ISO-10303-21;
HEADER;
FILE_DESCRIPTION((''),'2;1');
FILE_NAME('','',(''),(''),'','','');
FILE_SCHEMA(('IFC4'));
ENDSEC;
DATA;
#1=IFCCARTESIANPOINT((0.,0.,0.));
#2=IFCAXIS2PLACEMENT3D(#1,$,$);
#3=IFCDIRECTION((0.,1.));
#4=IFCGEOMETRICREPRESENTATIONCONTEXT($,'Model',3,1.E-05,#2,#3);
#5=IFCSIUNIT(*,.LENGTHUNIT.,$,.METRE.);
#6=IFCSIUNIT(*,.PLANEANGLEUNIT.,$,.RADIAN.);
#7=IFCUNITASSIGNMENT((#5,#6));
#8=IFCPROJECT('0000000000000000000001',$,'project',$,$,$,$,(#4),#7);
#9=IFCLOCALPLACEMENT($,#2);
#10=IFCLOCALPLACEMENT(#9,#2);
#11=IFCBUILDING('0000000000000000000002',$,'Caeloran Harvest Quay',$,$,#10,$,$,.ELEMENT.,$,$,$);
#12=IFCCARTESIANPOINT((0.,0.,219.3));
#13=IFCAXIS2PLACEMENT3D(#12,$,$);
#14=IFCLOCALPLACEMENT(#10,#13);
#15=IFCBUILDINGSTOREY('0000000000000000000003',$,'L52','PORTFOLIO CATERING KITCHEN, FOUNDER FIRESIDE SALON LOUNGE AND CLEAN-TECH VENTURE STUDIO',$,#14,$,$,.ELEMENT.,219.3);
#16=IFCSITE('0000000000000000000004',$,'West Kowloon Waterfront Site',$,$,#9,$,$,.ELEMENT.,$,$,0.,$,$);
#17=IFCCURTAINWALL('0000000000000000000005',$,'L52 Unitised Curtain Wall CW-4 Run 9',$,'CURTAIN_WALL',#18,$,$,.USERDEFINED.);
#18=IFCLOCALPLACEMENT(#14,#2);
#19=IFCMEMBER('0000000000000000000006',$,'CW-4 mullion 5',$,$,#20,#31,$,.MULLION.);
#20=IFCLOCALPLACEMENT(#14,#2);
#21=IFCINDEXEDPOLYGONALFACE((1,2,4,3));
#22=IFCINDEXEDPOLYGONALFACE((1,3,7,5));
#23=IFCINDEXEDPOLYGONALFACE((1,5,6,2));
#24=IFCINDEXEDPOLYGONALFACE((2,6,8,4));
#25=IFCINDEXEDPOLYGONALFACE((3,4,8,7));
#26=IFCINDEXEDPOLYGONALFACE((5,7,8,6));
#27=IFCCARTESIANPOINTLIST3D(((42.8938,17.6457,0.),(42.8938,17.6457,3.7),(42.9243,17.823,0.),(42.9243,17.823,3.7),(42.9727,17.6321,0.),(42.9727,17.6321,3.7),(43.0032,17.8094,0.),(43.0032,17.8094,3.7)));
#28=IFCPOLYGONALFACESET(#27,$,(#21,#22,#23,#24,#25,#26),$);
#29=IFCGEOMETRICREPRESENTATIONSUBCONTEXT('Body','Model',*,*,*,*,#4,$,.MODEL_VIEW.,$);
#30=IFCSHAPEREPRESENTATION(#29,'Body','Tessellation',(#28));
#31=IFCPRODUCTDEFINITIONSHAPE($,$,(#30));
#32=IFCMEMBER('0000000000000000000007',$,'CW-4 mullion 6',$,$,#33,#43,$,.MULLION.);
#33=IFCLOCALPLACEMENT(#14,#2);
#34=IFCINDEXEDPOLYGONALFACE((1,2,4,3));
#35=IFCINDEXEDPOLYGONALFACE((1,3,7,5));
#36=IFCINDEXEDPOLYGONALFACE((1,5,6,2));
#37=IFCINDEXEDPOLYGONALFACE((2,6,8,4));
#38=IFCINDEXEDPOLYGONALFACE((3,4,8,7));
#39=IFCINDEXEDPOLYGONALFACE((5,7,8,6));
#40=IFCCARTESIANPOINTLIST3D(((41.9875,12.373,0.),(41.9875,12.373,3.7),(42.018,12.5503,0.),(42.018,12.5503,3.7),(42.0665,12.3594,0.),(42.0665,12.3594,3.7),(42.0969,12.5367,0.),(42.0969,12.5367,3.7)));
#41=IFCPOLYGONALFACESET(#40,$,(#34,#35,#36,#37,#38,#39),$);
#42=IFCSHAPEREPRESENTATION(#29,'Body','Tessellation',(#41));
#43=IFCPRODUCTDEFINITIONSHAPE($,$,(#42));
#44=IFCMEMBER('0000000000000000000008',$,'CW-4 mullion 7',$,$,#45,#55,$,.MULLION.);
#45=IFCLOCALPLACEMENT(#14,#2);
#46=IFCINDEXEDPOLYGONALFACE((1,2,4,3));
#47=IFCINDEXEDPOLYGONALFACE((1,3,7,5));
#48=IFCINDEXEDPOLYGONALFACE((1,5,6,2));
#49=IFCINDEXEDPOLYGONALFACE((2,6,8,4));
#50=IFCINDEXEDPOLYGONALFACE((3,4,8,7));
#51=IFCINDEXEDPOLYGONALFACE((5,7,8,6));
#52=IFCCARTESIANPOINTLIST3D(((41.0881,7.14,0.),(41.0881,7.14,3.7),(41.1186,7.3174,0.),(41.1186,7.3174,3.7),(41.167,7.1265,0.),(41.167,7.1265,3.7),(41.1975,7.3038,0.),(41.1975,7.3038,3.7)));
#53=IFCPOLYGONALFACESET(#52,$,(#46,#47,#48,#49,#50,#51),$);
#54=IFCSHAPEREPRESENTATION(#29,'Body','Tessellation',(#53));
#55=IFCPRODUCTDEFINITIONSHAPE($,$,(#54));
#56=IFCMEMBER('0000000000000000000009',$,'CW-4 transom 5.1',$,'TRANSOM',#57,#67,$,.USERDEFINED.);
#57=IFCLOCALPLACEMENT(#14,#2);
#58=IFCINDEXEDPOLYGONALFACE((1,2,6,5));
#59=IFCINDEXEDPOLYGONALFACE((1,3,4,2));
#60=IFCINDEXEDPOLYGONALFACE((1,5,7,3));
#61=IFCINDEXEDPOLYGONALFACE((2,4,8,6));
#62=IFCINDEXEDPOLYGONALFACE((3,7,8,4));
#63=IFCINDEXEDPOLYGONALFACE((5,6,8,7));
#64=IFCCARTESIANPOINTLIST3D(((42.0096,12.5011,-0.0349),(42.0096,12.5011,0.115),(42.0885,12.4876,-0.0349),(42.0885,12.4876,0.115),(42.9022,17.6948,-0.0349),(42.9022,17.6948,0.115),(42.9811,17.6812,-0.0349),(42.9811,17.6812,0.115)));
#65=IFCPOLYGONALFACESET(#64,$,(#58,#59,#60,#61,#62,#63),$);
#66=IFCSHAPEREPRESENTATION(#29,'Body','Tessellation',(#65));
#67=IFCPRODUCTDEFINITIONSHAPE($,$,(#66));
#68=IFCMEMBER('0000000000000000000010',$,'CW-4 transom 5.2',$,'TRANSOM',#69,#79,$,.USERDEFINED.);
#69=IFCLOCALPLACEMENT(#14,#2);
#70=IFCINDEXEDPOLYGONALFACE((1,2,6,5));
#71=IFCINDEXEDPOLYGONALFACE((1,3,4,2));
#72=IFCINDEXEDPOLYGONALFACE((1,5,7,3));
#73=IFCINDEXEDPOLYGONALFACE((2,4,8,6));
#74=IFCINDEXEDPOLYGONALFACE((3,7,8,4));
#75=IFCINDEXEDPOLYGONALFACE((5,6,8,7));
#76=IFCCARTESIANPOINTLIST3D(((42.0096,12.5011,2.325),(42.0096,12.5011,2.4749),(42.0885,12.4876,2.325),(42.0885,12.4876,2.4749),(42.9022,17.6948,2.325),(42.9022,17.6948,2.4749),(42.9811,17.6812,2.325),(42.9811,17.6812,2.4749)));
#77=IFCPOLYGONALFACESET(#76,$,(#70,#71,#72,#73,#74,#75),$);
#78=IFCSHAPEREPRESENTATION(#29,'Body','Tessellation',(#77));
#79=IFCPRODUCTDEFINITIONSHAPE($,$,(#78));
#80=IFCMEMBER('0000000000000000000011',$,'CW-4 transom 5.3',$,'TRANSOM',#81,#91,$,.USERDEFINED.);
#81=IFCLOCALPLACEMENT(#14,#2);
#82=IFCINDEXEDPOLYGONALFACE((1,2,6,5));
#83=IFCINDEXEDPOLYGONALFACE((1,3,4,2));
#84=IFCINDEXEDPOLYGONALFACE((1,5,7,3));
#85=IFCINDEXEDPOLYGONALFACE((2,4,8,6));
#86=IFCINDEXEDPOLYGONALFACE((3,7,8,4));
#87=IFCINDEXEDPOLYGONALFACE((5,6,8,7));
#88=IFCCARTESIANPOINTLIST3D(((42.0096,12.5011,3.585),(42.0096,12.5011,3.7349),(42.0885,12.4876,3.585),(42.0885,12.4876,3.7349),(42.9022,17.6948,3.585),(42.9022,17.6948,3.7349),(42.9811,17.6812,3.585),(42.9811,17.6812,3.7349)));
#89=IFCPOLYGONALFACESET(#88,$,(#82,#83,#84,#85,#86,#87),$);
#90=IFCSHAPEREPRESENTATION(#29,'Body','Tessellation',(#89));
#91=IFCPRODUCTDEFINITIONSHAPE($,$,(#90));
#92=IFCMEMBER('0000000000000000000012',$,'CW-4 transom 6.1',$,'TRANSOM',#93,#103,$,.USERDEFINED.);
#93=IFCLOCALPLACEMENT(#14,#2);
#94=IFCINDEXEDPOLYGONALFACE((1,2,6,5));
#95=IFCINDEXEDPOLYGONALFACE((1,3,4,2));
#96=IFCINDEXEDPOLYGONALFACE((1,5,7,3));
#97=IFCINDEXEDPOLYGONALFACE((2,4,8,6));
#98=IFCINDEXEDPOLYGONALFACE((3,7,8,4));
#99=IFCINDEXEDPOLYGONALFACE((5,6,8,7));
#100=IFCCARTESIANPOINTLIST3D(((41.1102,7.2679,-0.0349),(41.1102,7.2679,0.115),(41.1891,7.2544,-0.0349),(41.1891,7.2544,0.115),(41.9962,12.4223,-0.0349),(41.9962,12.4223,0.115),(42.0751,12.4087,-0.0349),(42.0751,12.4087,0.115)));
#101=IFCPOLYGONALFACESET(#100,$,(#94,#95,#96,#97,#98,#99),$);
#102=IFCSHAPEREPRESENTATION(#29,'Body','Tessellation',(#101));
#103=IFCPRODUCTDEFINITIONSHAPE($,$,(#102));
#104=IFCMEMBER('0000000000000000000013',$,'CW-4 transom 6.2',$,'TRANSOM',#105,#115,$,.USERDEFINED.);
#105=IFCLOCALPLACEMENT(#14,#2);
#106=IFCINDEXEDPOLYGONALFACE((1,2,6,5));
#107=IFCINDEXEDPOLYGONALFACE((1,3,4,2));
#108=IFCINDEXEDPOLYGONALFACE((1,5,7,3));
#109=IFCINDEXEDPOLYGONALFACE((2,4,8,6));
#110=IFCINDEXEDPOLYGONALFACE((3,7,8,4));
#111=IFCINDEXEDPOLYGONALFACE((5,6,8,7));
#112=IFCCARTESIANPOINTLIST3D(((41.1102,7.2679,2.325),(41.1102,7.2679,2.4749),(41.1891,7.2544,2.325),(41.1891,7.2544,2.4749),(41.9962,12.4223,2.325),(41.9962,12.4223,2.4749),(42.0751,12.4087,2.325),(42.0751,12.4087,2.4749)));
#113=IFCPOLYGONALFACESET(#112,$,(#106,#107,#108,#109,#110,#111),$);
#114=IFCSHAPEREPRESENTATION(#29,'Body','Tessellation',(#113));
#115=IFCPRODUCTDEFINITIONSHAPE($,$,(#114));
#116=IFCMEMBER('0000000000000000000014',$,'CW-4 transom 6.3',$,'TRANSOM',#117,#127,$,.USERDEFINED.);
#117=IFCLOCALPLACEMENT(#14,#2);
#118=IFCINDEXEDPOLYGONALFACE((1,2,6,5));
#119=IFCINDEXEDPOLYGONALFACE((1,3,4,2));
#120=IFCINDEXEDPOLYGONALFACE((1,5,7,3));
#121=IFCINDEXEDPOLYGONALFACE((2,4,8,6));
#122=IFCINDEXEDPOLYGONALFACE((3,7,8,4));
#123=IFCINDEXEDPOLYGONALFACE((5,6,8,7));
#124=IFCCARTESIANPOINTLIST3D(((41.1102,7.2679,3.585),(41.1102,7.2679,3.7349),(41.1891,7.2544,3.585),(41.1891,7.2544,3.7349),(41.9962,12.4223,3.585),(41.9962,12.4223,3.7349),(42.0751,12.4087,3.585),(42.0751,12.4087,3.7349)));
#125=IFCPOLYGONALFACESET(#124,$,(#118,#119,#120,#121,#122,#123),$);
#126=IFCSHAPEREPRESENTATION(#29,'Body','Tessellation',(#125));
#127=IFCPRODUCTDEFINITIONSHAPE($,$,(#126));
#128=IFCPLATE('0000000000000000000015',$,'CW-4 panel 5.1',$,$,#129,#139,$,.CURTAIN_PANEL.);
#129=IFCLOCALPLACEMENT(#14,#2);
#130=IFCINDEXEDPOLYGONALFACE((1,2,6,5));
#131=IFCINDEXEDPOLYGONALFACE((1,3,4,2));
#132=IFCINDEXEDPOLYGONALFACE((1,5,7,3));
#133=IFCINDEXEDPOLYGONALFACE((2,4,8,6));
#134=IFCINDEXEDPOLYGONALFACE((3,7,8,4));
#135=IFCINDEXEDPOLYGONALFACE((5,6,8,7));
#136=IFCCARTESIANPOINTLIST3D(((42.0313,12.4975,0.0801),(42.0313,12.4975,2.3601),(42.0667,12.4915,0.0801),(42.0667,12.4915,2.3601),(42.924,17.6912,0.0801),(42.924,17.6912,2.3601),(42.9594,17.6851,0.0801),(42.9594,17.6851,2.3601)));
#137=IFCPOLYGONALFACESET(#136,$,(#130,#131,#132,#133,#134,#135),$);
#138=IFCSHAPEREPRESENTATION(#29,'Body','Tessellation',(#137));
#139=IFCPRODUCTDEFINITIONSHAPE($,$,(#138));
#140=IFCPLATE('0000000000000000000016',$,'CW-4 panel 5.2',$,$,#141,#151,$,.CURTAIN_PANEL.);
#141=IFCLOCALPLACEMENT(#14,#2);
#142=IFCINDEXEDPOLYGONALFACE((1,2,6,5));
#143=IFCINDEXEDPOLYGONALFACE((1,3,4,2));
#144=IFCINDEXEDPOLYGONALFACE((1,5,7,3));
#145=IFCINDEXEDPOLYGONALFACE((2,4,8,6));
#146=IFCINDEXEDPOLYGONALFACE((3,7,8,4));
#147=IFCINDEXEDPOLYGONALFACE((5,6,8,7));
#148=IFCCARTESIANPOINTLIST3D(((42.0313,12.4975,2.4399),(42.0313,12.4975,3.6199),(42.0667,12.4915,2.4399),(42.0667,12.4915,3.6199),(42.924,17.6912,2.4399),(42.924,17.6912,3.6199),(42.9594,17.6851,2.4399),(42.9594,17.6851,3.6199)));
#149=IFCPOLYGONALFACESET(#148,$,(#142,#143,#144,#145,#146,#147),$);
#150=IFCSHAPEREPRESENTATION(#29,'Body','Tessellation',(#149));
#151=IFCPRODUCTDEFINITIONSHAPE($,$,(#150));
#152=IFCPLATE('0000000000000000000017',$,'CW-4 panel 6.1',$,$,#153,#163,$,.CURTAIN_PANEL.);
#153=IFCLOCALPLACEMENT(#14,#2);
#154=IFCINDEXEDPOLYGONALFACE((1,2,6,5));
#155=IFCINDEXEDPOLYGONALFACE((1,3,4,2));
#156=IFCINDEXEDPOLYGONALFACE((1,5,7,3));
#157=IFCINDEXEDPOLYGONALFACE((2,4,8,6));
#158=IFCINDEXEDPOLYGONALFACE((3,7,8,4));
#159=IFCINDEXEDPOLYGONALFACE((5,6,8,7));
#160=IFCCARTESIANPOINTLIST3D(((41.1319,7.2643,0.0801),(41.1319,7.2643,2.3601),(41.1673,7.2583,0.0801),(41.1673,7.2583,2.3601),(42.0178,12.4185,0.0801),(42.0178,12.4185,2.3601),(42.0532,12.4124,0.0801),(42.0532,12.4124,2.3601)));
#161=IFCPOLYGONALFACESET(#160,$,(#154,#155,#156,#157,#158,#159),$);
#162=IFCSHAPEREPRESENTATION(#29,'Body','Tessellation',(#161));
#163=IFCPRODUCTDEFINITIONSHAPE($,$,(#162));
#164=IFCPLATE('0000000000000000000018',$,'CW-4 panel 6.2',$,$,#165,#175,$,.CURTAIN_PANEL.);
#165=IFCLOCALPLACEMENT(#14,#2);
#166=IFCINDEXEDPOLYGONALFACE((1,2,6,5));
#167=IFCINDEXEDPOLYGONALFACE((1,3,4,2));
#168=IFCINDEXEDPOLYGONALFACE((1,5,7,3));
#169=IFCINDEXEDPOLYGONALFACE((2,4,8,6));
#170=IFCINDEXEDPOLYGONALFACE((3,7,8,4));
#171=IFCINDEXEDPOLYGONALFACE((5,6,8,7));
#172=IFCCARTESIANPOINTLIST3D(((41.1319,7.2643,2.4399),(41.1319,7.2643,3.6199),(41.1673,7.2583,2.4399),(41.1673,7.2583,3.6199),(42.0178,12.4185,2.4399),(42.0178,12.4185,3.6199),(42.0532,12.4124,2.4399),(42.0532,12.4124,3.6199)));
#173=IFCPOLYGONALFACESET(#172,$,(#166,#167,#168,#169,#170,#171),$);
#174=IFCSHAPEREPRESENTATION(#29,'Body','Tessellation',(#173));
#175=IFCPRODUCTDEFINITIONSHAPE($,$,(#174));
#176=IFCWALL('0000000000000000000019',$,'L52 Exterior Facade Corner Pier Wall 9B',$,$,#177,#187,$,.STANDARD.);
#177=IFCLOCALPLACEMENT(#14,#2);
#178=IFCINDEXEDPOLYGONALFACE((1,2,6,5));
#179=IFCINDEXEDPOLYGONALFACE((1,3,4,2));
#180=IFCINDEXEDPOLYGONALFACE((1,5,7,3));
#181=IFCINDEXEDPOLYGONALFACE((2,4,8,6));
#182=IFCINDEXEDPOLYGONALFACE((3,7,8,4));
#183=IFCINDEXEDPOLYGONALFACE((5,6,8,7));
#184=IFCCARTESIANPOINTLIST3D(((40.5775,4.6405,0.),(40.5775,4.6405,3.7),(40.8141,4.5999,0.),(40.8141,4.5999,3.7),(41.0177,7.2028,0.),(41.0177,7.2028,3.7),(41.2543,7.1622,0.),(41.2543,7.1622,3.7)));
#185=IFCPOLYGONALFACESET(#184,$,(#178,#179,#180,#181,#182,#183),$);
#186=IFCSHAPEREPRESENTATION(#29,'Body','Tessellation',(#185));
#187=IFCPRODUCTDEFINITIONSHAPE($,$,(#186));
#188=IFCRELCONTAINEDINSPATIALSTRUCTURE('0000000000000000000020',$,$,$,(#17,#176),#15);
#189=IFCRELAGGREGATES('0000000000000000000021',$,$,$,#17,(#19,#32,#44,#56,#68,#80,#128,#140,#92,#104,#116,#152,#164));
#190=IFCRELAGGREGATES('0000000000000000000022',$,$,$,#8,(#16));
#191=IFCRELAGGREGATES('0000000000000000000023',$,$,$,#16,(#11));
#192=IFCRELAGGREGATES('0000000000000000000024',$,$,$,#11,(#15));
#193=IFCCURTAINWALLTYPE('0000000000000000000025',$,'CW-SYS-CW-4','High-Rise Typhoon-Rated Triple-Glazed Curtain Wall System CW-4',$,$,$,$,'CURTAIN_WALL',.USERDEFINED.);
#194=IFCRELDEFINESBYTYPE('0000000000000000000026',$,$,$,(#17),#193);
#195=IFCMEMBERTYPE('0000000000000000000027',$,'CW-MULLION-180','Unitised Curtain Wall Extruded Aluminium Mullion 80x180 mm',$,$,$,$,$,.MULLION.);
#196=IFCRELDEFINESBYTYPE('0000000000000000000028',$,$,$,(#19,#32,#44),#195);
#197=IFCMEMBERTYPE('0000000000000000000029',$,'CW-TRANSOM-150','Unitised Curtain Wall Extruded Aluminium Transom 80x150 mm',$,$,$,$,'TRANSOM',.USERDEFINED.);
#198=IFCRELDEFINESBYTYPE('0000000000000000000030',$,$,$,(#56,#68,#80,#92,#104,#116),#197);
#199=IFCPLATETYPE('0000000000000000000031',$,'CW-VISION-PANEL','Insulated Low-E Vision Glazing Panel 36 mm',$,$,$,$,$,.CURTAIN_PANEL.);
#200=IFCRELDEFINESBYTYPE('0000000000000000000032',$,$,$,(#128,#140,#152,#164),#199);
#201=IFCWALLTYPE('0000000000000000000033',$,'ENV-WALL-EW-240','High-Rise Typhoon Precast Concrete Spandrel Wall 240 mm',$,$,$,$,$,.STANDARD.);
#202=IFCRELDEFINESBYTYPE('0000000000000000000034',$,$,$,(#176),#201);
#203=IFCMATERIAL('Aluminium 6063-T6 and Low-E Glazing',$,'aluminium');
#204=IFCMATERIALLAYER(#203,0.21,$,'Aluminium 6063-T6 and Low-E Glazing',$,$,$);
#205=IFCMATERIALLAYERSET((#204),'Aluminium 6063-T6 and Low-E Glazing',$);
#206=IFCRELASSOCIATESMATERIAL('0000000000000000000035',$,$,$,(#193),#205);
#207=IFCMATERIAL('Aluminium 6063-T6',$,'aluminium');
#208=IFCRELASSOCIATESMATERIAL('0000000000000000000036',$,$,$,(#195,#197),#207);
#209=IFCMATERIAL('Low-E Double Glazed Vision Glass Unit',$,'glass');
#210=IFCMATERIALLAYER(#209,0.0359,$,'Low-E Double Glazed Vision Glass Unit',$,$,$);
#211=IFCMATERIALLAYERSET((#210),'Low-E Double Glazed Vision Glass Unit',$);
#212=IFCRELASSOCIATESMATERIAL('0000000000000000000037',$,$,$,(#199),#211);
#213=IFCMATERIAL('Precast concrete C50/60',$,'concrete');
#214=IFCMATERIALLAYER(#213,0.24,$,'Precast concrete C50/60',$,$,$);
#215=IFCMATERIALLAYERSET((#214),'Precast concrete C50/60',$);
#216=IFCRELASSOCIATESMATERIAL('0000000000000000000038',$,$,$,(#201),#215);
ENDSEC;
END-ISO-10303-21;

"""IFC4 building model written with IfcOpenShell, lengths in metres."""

from ifc_helpers import new_model, si_unit, direction, frame, frame_2d, origin, origin_2d, place, context, subcontext, project, spatial, rectangle, extrude, material, layer, layer_set, material_profile, profile_set, type_object, element, aggregate, save


model = new_model("IFC4")

# Units and contexts
model_context = context("Model", 3, precision=1e-05, world=origin(), true_north=direction((0.0, 1.0)))
body_context = subcontext(model_context, "Body", "Model", "MODEL_VIEW")
ifc_project = project(units=[si_unit("LENGTHUNIT", "METRE"), si_unit("PLANEANGLEUNIT", "RADIAN")], contexts=[model_context])

# Site, building, storey
site_placement = place(None, origin())
site = spatial("IfcSite", under=ifc_project, at=site_placement, Name="West Kowloon Waterfront Site", CompositionType="ELEMENT", RefElevation=0.0)
building_placement = place(site_placement, origin())
building = spatial("IfcBuilding", under=site, at=building_placement, Name="Caeloran Harvest Quay", CompositionType="ELEMENT")
storey_placement = place(building_placement, frame((0.0, 0.0, 219.3)))
storey = spatial("IfcBuildingStorey", under=building, at=storey_placement, Name="L52", Description="PORTFOLIO CATERING KITCHEN, FOUNDER FIRESIDE SALON LOUNGE AND CLEAN-TECH VENTURE STUDIO", CompositionType="ELEMENT", Elevation=219.3)

# Curtain wall, members, plates
ifc_material_1 = material(Name="Aluminium 6063-T6 and Low-E Glazing", Category="aluminium")
ifc_layer_1 = layer(ifc_material_1, 0.21, Name="Aluminium 6063-T6 and Low-E Glazing")
ifc_layer_set_1 = layer_set([ifc_layer_1], Name="Aluminium 6063-T6 and Low-E Glazing")
curtain_wall_type = type_object("IfcCurtainWallType", Name="CW-SYS-CW-4", Description="High-Rise Typhoon-Rated Triple-Glazed Curtain Wall System CW-4", ElementType="CURTAIN_WALL", PredefinedType="USERDEFINED", material=ifc_layer_set_1)
curtain_wall_placement = place(storey_placement, origin())
curtain_wall = element("IfcCurtainWall", 1, at=curtain_wall_placement, inside=storey, type_object=curtain_wall_type, Name="L52 Unitised Curtain Wall CW-4 Run 9", ObjectType="CURTAIN_WALL", PredefinedType="USERDEFINED")
ifc_material_2 = material(Name="Aluminium 6063-T6", Category="aluminium")
ifc_material_profile_1 = material_profile(ifc_material_2, rectangle(XDim=0.0801, YDim=0.1799, at=origin_2d()), Name="CW-MULLION-180")
ifc_profile_set_1 = profile_set([ifc_material_profile_1], Name="Aluminium 6063-T6")
member_type_1 = type_object("IfcMemberType", Name="CW-MULLION-180", Description="Unitised Curtain Wall Extruded Aluminium Mullion 80x180 mm", PredefinedType="MULLION", material=ifc_profile_set_1)
member_1_placement = place(storey_placement, frame((42.9485, 17.7275, 0.0), z_axis=(0.0, 0.0, 1.0), x_axis=(0.985549, -0.169391, 0.0)))
member_1 = element("IfcMember", 2, at=member_1_placement, type_object=member_type_1, Name="CW-4 mullion 5", PredefinedType="MULLION", context=body_context, shape_type="SweptSolid", body=[
    extrude(rectangle(XDim=0.0801, YDim=0.1799, at=origin_2d()), origin(), (0.0, 0.0, 1.0), 3.7),
])
member_2_placement = place(storey_placement, frame((42.0422, 12.4548, 0.0), z_axis=(0.0, 0.0, 1.0), x_axis=(0.985549, -0.169391, 0.0)))
member_2 = element("IfcMember", 3, at=member_2_placement, type_object=member_type_1, Name="CW-4 mullion 6", PredefinedType="MULLION", context=body_context, shape_type="SweptSolid", body=[
    extrude(rectangle(XDim=0.0801, YDim=0.1799, at=origin_2d()), origin(), (0.0, 0.0, 1.0), 3.7),
])
member_3_placement = place(storey_placement, frame((41.1428, 7.2219, 0.0), z_axis=(0.0, 0.0, 1.0), x_axis=(0.985549, -0.169391, 0.0)))
member_3 = element("IfcMember", 4, at=member_3_placement, type_object=member_type_1, Name="CW-4 mullion 7", PredefinedType="MULLION", context=body_context, shape_type="SweptSolid", body=[
    extrude(rectangle(XDim=0.0801, YDim=0.1799, at=origin_2d()), origin(), (0.0, 0.0, 1.0), 3.7),
])
ifc_material_profile_2 = material_profile(ifc_material_2, rectangle(XDim=0.0801, YDim=0.1499, at=origin_2d()), Name="CW-TRANSOM-150")
ifc_profile_set_2 = profile_set([ifc_material_profile_2], Name="Aluminium 6063-T6")
member_type_2 = type_object("IfcMemberType", Name="CW-TRANSOM-150", Description="Unitised Curtain Wall Extruded Aluminium Transom 80x150 mm", ElementType="TRANSOM", PredefinedType="USERDEFINED", material=ifc_profile_set_2)
member_4_placement = place(storey_placement, frame((42.9417, 17.688, 0.04), z_axis=(-0.169378, -0.985551, 0.0), x_axis=(0.985551, -0.169378, 0.0)))
member_4 = element("IfcMember", 5, at=member_4_placement, type_object=member_type_2, Name="CW-4 transom 5.1", ObjectType="TRANSOM", PredefinedType="USERDEFINED", context=body_context, shape_type="SweptSolid", body=[
    extrude(rectangle(XDim=0.0801, YDim=0.1499, at=origin_2d()), origin(), (0.0, 0.0, 1.0), 5.2698),
])
member_5_placement = place(storey_placement, frame((42.9417, 17.688, 2.3999), z_axis=(-0.169378, -0.985551, 0.0), x_axis=(0.985551, -0.169378, 0.0)))
member_5 = element("IfcMember", 6, at=member_5_placement, type_object=member_type_2, Name="CW-4 transom 5.2", ObjectType="TRANSOM", PredefinedType="USERDEFINED", context=body_context, shape_type="SweptSolid", body=[
    extrude(rectangle(XDim=0.0801, YDim=0.1499, at=origin_2d()), origin(), (0.0, 0.0, 1.0), 5.2698),
])
member_6_placement = place(storey_placement, frame((42.9417, 17.688, 3.6599), z_axis=(-0.169378, -0.985551, 0.0), x_axis=(0.985551, -0.169378, 0.0)))
member_6 = element("IfcMember", 7, at=member_6_placement, type_object=member_type_2, Name="CW-4 transom 5.3", ObjectType="TRANSOM", PredefinedType="USERDEFINED", context=body_context, shape_type="SweptSolid", body=[
    extrude(rectangle(XDim=0.0801, YDim=0.1499, at=origin_2d()), origin(), (0.0, 0.0, 1.0), 5.2698),
])
member_7_placement = place(storey_placement, frame((42.0356, 12.4155, 0.04), z_axis=(-0.169408, -0.985546, 0.0), x_axis=(0.985546, -0.169408, 0.0)))
member_7 = element("IfcMember", 8, at=member_7_placement, type_object=member_type_2, Name="CW-4 transom 6.1", ObjectType="TRANSOM", PredefinedType="USERDEFINED", context=body_context, shape_type="SweptSolid", body=[
    extrude(rectangle(XDim=0.0801, YDim=0.1499, at=origin_2d()), origin(), (0.0, 0.0, 1.0), 5.23),
])
member_8_placement = place(storey_placement, frame((42.0356, 12.4155, 2.3999), z_axis=(-0.169408, -0.985546, 0.0), x_axis=(0.985546, -0.169408, 0.0)))
member_8 = element("IfcMember", 9, at=member_8_placement, type_object=member_type_2, Name="CW-4 transom 6.2", ObjectType="TRANSOM", PredefinedType="USERDEFINED", context=body_context, shape_type="SweptSolid", body=[
    extrude(rectangle(XDim=0.0801, YDim=0.1499, at=origin_2d()), origin(), (0.0, 0.0, 1.0), 5.23),
])
member_9_placement = place(storey_placement, frame((42.0356, 12.4155, 3.6599), z_axis=(-0.169408, -0.985546, 0.0), x_axis=(0.985546, -0.169408, 0.0)))
member_9 = element("IfcMember", 10, at=member_9_placement, type_object=member_type_2, Name="CW-4 transom 6.3", ObjectType="TRANSOM", PredefinedType="USERDEFINED", context=body_context, shape_type="SweptSolid", body=[
    extrude(rectangle(XDim=0.0801, YDim=0.1499, at=origin_2d()), origin(), (0.0, 0.0, 1.0), 5.23),
])
ifc_material_3 = material(Name="Low-E Double Glazed Vision Glass Unit", Category="glass")
ifc_layer_2 = layer(ifc_material_3, 0.0359, Name="Low-E Double Glazed Vision Glass Unit")
ifc_layer_set_2 = layer_set([ifc_layer_2], Name="Low-E Double Glazed Vision Glass Unit")
plate_type = type_object("IfcPlateType", Name="CW-VISION-PANEL", Description="Insulated Low-E Vision Glazing Panel 36 mm", PredefinedType="CURTAIN_PANEL", material=ifc_layer_set_2)
plate_1_placement = place(storey_placement, frame((42.4954, 15.0913, 0.0801), z_axis=(0.0, 0.0, 1.0), x_axis=(-0.169391, -0.985549, 0.0)))
plate_1 = element("IfcPlate", 11, at=plate_1_placement, type_object=plate_type, Name="CW-4 panel 5.1", PredefinedType="CURTAIN_PANEL", context=body_context, shape_type="SweptSolid", body=[
    extrude(rectangle(XDim=5.2698, YDim=0.0359, at=origin_2d()), origin(), (0.0, 0.0, 1.0), 2.28),
])
plate_2_placement = place(storey_placement, frame((42.4954, 15.0913, 2.4399), z_axis=(0.0, 0.0, 1.0), x_axis=(-0.169391, -0.985549, 0.0)))
plate_2 = element("IfcPlate", 12, at=plate_2_placement, type_object=plate_type, Name="CW-4 panel 5.2", PredefinedType="CURTAIN_PANEL", context=body_context, shape_type="SweptSolid", body=[
    extrude(rectangle(XDim=5.2698, YDim=0.0359, at=origin_2d()), origin(), (0.0, 0.0, 1.0), 1.1799),
])
plate_3_placement = place(storey_placement, frame((41.5925, 9.8384, 0.0801), z_axis=(0.0, 0.0, 1.0), x_axis=(-0.169391, -0.985549, 0.0)))
plate_3 = element("IfcPlate", 13, at=plate_3_placement, type_object=plate_type, Name="CW-4 panel 6.1", PredefinedType="CURTAIN_PANEL", context=body_context, shape_type="SweptSolid", body=[
    extrude(rectangle(XDim=5.2297, YDim=0.0359, at=origin_2d()), origin(), (0.0, 0.0, 1.0), 2.28),
])
plate_4_placement = place(storey_placement, frame((41.5925, 9.8384, 2.4399), z_axis=(0.0, 0.0, 1.0), x_axis=(-0.169391, -0.985549, 0.0)))
plate_4 = element("IfcPlate", 14, at=plate_4_placement, type_object=plate_type, Name="CW-4 panel 6.2", PredefinedType="CURTAIN_PANEL", context=body_context, shape_type="SweptSolid", body=[
    extrude(rectangle(XDim=5.2297, YDim=0.0359, at=origin_2d()), origin(), (0.0, 0.0, 1.0), 1.1799),
])
aggregate(curtain_wall, [member_1, member_2, member_3, member_4, member_5, member_6, plate_1, plate_2, member_7, member_8, member_9, plate_3, plate_4])

# Wall
ifc_material_4 = material(Name="Precast concrete C50/60", Category="concrete")
ifc_layer_3 = layer(ifc_material_4, 0.24, Name="Precast concrete C50/60")
ifc_layer_set_3 = layer_set([ifc_layer_3], Name="Precast concrete C50/60")
wall_type_1 = type_object("IfcWallType", Name="ENV-WALL-EW-240", Description="High-Rise Typhoon Precast Concrete Spandrel Wall 240 mm", PredefinedType="STANDARD", material=ifc_layer_set_3)
wall_1_placement = place(storey_placement, frame((41.136, 7.1824, 0.0), z_axis=(0.0, 0.0, 1.0), x_axis=(-0.169316, -0.985562, 0.0)))
element("IfcWall", 15, at=wall_1_placement, inside=storey, type_object=wall_type_1, Name="L52 Exterior Facade Corner Pier Wall 9B", PredefinedType="STANDARD", context=body_context, shape_type="SweptSolid", body=[
    extrude(rectangle(XDim=2.5999, YDim=0.24, at=frame_2d((1.2998, 0.0))), origin(), (0.0, 0.0, 1.0), 3.7),
])

save(model, "model.ifc")
